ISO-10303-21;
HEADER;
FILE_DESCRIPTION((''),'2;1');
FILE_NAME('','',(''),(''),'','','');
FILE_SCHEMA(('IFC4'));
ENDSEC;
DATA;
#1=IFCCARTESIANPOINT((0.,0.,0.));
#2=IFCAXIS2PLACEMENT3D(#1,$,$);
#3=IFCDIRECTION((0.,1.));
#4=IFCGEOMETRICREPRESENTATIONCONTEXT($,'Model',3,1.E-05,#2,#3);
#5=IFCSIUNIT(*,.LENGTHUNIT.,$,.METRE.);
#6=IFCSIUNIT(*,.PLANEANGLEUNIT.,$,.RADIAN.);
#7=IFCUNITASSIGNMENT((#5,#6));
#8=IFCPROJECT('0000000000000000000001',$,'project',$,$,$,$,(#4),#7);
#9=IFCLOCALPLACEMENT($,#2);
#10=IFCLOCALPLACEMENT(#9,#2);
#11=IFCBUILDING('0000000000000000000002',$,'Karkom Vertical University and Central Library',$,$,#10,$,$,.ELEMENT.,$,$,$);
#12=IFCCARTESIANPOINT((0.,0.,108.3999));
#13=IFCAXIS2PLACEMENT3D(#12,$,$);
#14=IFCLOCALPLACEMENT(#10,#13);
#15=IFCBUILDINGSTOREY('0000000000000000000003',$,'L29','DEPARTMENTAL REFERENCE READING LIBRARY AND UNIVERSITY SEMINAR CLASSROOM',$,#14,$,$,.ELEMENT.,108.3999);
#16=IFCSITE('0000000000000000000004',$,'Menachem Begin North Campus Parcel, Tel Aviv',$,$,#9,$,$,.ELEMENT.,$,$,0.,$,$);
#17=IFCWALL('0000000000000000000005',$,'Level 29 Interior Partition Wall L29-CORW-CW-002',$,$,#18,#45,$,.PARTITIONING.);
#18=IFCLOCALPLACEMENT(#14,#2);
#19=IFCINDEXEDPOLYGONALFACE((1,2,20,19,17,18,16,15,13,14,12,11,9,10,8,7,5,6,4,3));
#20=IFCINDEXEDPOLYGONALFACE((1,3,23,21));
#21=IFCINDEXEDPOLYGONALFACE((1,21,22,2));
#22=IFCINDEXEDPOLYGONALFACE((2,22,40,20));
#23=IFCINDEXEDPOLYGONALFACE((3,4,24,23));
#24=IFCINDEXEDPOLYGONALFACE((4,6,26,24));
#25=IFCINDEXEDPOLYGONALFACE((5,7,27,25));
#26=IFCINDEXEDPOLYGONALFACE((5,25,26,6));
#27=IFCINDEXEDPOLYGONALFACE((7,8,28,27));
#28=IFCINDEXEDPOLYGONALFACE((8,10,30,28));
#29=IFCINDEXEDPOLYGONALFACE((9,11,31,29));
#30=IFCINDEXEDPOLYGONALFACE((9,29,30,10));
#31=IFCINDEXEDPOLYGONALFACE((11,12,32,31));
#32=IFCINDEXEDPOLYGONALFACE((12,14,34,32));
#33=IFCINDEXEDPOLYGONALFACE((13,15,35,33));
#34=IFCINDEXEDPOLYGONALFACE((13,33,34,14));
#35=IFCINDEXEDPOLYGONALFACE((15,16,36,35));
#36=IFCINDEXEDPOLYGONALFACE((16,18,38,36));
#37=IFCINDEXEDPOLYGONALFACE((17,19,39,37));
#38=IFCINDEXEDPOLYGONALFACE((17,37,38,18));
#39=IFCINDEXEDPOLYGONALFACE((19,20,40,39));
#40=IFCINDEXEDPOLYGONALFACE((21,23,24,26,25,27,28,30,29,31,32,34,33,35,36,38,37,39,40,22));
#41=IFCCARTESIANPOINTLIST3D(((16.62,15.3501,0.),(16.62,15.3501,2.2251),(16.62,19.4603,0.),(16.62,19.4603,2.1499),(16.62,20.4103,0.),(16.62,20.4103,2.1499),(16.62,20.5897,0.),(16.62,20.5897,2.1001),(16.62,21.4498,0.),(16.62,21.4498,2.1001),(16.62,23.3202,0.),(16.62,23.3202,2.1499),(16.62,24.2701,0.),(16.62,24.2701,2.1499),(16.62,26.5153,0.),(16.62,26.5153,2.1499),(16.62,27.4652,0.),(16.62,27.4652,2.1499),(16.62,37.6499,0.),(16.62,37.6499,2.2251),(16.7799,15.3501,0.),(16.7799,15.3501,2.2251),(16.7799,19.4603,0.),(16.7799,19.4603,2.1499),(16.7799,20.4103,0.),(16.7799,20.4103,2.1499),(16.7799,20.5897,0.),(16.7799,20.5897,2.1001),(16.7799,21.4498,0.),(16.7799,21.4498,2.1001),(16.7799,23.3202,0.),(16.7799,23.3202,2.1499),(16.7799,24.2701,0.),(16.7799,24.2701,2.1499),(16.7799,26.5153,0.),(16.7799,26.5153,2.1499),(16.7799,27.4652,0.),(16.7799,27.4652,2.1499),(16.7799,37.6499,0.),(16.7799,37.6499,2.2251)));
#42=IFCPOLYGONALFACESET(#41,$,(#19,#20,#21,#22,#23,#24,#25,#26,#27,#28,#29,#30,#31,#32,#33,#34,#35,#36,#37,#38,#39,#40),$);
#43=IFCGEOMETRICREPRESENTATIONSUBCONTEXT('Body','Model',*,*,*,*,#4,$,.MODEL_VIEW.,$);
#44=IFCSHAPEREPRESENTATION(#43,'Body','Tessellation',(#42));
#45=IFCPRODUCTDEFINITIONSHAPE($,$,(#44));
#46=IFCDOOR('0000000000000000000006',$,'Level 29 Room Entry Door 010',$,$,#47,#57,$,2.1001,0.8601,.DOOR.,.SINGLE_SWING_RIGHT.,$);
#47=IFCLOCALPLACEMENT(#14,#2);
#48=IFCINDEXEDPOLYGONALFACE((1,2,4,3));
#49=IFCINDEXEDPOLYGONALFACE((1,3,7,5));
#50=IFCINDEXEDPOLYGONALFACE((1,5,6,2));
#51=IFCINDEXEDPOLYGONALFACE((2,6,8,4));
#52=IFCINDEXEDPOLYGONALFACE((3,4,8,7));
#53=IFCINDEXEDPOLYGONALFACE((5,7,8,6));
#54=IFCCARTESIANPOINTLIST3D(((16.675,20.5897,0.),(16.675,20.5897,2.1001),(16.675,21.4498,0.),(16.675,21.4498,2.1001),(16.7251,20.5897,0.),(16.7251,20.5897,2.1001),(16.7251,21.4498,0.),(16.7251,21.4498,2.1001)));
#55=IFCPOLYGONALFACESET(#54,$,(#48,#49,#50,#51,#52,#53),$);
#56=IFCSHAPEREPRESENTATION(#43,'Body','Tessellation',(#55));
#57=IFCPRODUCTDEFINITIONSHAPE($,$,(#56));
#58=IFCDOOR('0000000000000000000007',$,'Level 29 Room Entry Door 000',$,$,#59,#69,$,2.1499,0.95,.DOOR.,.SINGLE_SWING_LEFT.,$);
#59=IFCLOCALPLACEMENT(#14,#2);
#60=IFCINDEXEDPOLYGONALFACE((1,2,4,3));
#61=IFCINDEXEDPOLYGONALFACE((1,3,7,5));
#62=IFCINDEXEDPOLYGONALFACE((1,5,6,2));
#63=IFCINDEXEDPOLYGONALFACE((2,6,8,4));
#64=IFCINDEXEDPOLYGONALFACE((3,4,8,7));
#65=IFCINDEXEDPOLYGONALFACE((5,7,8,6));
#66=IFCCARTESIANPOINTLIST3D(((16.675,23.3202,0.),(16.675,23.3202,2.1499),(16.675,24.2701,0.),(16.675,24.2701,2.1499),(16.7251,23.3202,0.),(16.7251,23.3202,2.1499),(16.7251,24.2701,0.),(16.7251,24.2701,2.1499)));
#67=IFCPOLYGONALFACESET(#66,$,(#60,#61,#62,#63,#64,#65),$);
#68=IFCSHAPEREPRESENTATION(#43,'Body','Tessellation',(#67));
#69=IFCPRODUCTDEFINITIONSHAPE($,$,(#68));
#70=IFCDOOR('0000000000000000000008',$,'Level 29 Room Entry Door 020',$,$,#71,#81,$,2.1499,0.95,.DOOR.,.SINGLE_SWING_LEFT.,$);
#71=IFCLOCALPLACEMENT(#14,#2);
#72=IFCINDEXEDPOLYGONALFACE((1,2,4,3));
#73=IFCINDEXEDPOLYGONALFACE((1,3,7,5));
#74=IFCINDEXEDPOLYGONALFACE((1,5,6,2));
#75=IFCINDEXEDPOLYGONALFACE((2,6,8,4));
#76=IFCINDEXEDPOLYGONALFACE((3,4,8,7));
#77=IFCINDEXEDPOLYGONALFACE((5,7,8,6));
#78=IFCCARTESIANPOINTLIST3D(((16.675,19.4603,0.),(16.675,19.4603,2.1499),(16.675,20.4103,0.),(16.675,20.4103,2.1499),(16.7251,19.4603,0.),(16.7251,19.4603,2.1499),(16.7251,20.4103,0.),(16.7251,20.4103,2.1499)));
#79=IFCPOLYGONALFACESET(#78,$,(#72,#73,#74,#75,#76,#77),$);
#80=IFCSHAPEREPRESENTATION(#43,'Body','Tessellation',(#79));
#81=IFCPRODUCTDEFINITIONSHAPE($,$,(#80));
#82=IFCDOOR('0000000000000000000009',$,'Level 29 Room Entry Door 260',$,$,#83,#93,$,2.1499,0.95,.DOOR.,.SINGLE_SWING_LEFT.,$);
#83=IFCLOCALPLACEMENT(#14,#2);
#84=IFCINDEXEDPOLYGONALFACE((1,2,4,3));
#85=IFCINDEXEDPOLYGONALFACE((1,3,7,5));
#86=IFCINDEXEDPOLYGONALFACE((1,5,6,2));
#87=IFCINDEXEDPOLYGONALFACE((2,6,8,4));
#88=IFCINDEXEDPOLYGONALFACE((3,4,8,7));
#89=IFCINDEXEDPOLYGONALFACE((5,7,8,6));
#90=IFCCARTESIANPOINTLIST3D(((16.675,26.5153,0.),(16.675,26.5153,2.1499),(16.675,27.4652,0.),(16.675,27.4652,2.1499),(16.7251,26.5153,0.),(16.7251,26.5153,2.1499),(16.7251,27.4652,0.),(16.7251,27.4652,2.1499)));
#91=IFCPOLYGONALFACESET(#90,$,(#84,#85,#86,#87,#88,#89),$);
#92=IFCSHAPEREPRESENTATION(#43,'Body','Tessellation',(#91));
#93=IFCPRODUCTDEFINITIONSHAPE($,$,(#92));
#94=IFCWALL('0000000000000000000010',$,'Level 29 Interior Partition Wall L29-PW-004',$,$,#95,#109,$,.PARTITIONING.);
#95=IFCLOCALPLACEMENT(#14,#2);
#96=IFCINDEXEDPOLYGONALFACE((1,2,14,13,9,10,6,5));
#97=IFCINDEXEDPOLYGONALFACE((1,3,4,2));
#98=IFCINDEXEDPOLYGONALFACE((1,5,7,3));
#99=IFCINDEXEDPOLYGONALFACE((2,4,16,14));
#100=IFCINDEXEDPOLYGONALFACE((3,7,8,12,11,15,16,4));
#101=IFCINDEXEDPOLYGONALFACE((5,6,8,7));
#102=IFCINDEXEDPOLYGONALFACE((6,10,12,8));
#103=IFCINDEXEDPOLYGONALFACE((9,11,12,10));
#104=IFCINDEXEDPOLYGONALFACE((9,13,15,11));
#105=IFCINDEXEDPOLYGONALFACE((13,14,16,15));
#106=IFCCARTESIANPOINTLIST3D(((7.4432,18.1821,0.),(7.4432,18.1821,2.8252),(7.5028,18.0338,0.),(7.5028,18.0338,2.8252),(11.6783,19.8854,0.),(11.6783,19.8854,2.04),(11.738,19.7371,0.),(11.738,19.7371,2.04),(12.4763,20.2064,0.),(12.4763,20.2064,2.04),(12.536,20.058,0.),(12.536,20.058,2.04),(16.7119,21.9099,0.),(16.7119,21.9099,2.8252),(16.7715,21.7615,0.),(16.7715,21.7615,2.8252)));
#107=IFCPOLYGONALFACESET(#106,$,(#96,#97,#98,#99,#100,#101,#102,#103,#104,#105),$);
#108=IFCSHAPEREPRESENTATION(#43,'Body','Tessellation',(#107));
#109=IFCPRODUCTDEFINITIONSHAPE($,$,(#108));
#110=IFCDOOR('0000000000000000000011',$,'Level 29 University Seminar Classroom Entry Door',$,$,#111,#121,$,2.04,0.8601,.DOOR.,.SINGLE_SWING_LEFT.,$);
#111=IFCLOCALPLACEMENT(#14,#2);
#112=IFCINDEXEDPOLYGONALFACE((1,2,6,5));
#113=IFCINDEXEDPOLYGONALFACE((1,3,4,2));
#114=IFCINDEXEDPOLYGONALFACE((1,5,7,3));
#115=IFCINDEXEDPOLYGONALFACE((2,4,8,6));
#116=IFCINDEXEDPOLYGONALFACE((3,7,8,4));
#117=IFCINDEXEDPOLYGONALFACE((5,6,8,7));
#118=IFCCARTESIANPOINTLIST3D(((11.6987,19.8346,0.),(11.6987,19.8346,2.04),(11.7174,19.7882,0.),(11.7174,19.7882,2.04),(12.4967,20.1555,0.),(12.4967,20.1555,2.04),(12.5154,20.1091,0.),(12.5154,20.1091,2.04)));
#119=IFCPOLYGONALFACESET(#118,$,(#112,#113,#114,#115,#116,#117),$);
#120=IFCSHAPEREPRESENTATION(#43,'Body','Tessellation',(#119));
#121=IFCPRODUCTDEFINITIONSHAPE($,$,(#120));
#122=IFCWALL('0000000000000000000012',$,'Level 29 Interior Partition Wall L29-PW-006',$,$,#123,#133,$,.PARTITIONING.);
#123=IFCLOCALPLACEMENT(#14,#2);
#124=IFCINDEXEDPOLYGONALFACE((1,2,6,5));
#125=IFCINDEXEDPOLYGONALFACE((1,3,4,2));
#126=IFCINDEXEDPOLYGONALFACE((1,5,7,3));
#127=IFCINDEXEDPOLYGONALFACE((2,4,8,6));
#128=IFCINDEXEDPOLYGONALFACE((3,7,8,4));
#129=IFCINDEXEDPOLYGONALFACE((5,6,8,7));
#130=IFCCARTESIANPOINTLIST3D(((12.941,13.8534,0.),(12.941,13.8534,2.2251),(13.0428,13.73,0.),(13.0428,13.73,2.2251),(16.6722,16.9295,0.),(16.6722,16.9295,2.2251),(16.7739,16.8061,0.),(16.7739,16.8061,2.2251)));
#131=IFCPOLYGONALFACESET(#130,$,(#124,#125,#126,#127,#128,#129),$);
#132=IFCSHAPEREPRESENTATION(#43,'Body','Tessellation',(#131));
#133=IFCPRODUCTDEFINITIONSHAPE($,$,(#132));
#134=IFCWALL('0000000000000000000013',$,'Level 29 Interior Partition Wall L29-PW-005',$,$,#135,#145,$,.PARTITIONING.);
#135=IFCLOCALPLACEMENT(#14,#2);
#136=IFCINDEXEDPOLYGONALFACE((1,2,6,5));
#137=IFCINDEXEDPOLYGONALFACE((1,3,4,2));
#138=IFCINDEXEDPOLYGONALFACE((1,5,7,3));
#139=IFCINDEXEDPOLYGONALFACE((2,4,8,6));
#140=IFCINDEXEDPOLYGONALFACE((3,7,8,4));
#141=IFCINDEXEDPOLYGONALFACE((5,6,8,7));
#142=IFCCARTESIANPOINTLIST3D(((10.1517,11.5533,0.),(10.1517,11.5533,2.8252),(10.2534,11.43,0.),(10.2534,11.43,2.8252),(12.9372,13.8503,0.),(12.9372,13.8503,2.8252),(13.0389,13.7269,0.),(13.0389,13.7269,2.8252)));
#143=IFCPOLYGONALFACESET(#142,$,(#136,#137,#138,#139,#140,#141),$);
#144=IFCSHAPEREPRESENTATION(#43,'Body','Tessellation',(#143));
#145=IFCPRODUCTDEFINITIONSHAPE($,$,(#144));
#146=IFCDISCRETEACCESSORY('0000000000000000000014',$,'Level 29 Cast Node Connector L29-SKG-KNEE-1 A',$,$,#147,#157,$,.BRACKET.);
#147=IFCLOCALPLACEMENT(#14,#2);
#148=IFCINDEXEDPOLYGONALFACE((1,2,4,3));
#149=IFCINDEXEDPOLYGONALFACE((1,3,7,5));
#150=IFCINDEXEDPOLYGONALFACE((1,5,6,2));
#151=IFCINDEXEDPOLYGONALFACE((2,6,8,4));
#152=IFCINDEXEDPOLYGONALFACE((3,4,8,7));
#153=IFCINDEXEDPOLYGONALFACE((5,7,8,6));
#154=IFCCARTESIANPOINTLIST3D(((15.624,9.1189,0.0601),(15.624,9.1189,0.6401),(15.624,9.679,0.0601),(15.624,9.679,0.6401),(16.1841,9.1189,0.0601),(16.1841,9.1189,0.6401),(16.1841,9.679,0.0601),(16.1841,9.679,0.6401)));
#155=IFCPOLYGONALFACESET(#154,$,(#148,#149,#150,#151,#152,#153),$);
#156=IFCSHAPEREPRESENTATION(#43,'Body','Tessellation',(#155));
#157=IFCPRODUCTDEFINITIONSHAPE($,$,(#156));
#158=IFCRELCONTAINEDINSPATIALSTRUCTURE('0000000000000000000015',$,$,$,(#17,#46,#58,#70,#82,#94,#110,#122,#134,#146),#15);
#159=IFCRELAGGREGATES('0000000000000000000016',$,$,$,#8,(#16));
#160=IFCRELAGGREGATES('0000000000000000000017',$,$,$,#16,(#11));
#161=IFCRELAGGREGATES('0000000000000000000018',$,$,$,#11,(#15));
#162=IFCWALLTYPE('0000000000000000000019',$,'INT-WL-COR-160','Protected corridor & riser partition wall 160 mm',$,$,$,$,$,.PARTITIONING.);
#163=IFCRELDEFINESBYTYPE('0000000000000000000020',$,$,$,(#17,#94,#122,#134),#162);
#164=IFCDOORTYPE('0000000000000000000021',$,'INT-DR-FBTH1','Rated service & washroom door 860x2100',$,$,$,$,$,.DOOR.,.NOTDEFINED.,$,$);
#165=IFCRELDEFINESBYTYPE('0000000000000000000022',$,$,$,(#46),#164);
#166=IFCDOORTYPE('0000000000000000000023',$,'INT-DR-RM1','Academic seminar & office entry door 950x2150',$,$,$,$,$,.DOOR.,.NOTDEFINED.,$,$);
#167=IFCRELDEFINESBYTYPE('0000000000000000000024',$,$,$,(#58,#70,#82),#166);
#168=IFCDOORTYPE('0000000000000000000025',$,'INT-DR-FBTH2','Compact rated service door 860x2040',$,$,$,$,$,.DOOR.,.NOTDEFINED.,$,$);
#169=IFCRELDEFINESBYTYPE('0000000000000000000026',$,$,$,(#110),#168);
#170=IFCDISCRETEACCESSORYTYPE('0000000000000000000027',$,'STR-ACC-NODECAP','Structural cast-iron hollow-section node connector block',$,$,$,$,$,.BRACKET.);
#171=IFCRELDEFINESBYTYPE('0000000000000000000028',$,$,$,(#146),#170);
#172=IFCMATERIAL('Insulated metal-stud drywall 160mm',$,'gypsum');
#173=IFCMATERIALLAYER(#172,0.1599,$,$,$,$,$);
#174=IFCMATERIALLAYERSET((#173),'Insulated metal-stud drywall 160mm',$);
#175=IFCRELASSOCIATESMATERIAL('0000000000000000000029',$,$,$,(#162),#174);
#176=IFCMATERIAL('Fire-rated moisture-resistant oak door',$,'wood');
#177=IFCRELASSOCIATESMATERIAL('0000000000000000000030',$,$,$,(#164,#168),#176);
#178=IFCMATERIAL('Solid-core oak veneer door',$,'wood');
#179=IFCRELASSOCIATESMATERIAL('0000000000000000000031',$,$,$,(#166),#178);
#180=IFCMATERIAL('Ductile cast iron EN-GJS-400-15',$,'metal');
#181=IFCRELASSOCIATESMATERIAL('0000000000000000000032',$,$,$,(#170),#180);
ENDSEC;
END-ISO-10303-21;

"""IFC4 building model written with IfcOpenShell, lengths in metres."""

from ifc_helpers import new_model, si_unit, direction, frame, frame_2d, origin, origin_with_axes, origin_2d, place, context, subcontext, project, spatial, rectangle, extrude, source, transform, mapped, material, layer, layer_set, type_object, element, fill, save


model = new_model("IFC4")

# Units and contexts
model_context = context("Model", 3, precision=1e-05, world=origin(), true_north=direction((0.0, 1.0)))
body_context = subcontext(model_context, "Body", "Model", "MODEL_VIEW")
ifc_project = project(units=[si_unit("LENGTHUNIT", "METRE"), si_unit("PLANEANGLEUNIT", "RADIAN")], contexts=[model_context])

# Site, building, storey
site_placement = place(None, origin())
site = spatial("IfcSite", under=ifc_project, at=site_placement, Name="Menachem Begin North Campus Parcel, Tel Aviv", CompositionType="ELEMENT", RefElevation=0.0)
building_placement = place(site_placement, origin())
building = spatial("IfcBuilding", under=site, at=building_placement, Name="Karkom Vertical University and Central Library", CompositionType="ELEMENT")
storey_placement = place(building_placement, frame((0.0, 0.0, 108.3999)))
storey = spatial("IfcBuildingStorey", under=building, at=storey_placement, Name="L29", Description="DEPARTMENTAL REFERENCE READING LIBRARY AND UNIVERSITY SEMINAR CLASSROOM", CompositionType="ELEMENT", Elevation=108.3999)

# Wall, openings, doors
ifc_material_1 = material(Name="Insulated metal-stud drywall 160mm", Category="gypsum")
ifc_layer_1 = layer(ifc_material_1, 0.1599)
ifc_layer_set_1 = layer_set([ifc_layer_1], Name="Insulated metal-stud drywall 160mm")
wall_type_1 = type_object("IfcWallType", Name="INT-WL-COR-160", Description="Protected corridor & riser partition wall 160 mm", PredefinedType="PARTITIONING", material=ifc_layer_set_1)
wall_1_placement = place(storey_placement, frame((16.7, 15.3501, 0.0), z_axis=(0.0, 0.0, 1.0), x_axis=(0.0, 1.0, 0.0)))
wall_1 = element("IfcWall", 1, at=wall_1_placement, inside=storey, type_object=wall_type_1, Name="Level 29 Interior Partition Wall L29-CORW-CW-002", PredefinedType="PARTITIONING", context=body_context, shape_type="SweptSolid", body=[
    extrude(rectangle(XDim=22.2998, YDim=0.1599, at=frame_2d((11.1499, 0.0))), origin(), (0.0, 0.0, 1.0), 2.2251),
])
opening_1_placement = place(wall_1_placement, frame((7.97, 0.0, 0.0)))
opening_1 = element("IfcOpeningElement", 2, at=opening_1_placement, cuts=wall_1, PredefinedType="OPENING", context=body_context, shape_type="SweptSolid", body=[
    extrude(rectangle(XDim=0.95, YDim=2.1499, at=frame_2d((0.4751, 1.075))), frame((0.0, 0.0898, 0.0), z_axis=(0.0, -1.0, 0.0), x_axis=(1.0, 0.0, 0.0)), (0.0, 0.0, 1.0), 0.1799),
])
opening_2_placement = place(wall_1_placement, frame((5.2395, 0.0, 0.0)))
opening_2 = element("IfcOpeningElement", 3, at=opening_2_placement, cuts=wall_1, PredefinedType="OPENING", context=body_context, shape_type="SweptSolid", body=[
    extrude(rectangle(XDim=0.8601, YDim=2.1001, at=frame_2d((0.4302, 1.05))), frame((0.0, 0.0898, 0.0), z_axis=(0.0, -1.0, 0.0), x_axis=(1.0, 0.0, 0.0)), (0.0, 0.0, 1.0), 0.1799),
])
opening_3_placement = place(wall_1_placement, frame((4.1101, 0.0, 0.0)))
opening_3 = element("IfcOpeningElement", 4, at=opening_3_placement, cuts=wall_1, PredefinedType="OPENING", context=body_context, shape_type="SweptSolid", body=[
    extrude(rectangle(XDim=0.95, YDim=2.1499, at=frame_2d((0.4751, 1.075))), frame((0.0, 0.0898, 0.0), z_axis=(0.0, -1.0, 0.0), x_axis=(1.0, 0.0, 0.0)), (0.0, 0.0, 1.0), 0.1799),
])
opening_4_placement = place(wall_1_placement, frame((11.165, 0.0, 0.0)))
opening_4 = element("IfcOpeningElement", 5, at=opening_4_placement, cuts=wall_1, PredefinedType="OPENING", context=body_context, shape_type="SweptSolid", body=[
    extrude(rectangle(XDim=0.95, YDim=2.1499, at=frame_2d((0.4751, 1.075))), frame((0.0, 0.0898, 0.0), z_axis=(0.0, -1.0, 0.0), x_axis=(1.0, 0.0, 0.0)), (0.0, 0.0, 1.0), 0.1799),
])
ifc_material_2 = material(Name="Fire-rated moisture-resistant oak door", Category="wood")
door_type_1 = type_object("IfcDoorType", Name="INT-DR-FBTH1", Description="Rated service & washroom door 860x2100", OperationType="NOTDEFINED", PredefinedType="DOOR", material=ifc_material_2)
shared_shape_1 = source(origin_with_axes(), body_context, "Body", "SweptSolid", [
    extrude(rectangle(XDim=0.8601, YDim=2.1001, at=frame_2d((0.4302, 1.05))), frame((0.0, 0.0249, 0.0), z_axis=(0.0, -1.0, 0.0), x_axis=(1.0, 0.0, 0.0)), (0.0, 0.0, 1.0), 0.05),
])
door_1_placement = place(opening_2_placement, origin())
door_1 = element("IfcDoor", 6, at=door_1_placement, inside=storey, type_object=door_type_1, Name="Level 29 Room Entry Door 010", OperationType="SINGLE_SWING_RIGHT", OverallHeight=2.1001, OverallWidth=0.8601, PredefinedType="DOOR", context=body_context, shape_type="MappedRepresentation", body=[
    mapped(shared_shape_1, transform((0.0, 0.0, 0.0), scale=1.0)),
])
fill(opening_2, door_1)
ifc_material_3 = material(Name="Solid-core oak veneer door", Category="wood")
door_type_2 = type_object("IfcDoorType", Name="INT-DR-RM1", Description="Academic seminar & office entry door 950x2150", OperationType="NOTDEFINED", PredefinedType="DOOR", material=ifc_material_3)
shared_shape_2 = source(origin_with_axes(), body_context, "Body", "SweptSolid", [
    extrude(rectangle(XDim=0.95, YDim=2.1499, at=frame_2d((0.4751, 1.075))), frame((0.0, 0.0249, 0.0), z_axis=(0.0, -1.0, 0.0), x_axis=(1.0, 0.0, 0.0)), (0.0, 0.0, 1.0), 0.05),
])
door_2_placement = place(opening_1_placement, origin())
door_2 = element("IfcDoor", 7, at=door_2_placement, inside=storey, type_object=door_type_2, Name="Level 29 Room Entry Door 000", OperationType="SINGLE_SWING_LEFT", OverallHeight=2.1499, OverallWidth=0.95, PredefinedType="DOOR", context=body_context, shape_type="MappedRepresentation", body=[
    mapped(shared_shape_2, transform((0.0, 0.0, 0.0), scale=1.0)),
])
fill(opening_1, door_2)
door_3_placement = place(opening_3_placement, origin())
door_3 = element("IfcDoor", 8, at=door_3_placement, inside=storey, type_object=door_type_2, Name="Level 29 Room Entry Door 020", OperationType="SINGLE_SWING_LEFT", OverallHeight=2.1499, OverallWidth=0.95, PredefinedType="DOOR", context=body_context, shape_type="MappedRepresentation", body=[
    mapped(shared_shape_2, transform((0.0, 0.0, 0.0), scale=1.0)),
])
fill(opening_3, door_3)
door_4_placement = place(opening_4_placement, origin())
door_4 = element("IfcDoor", 9, at=door_4_placement, inside=storey, type_object=door_type_2, Name="Level 29 Room Entry Door 260", OperationType="SINGLE_SWING_LEFT", OverallHeight=2.1499, OverallWidth=0.95, PredefinedType="DOOR", context=body_context, shape_type="MappedRepresentation", body=[
    mapped(shared_shape_2, transform((0.0, 0.0, 0.0), scale=1.0)),
])
fill(opening_4, door_4)

# Wall, opening, door
wall_2_placement = place(storey_placement, frame((16.7417, 21.8357, 0.0), z_axis=(0.0, 0.0, 1.0), x_axis=(-0.927776, -0.373139, 0.0)))
wall_2 = element("IfcWall", 10, at=wall_2_placement, inside=storey, type_object=wall_type_1, Name="Level 29 Interior Partition Wall L29-PW-004", PredefinedType="PARTITIONING", context=body_context, shape_type="SweptSolid", body=[
    extrude(rectangle(XDim=9.9902, YDim=0.1599, at=frame_2d((4.9951, 0.0))), origin(), (0.0, 0.0, 1.0), 2.8252),
])
opening_5_placement = place(wall_2_placement, frame((4.5652, 0.0, 0.0)))
opening_5 = element("IfcOpeningElement", 11, at=opening_5_placement, cuts=wall_2, PredefinedType="OPENING", context=body_context, shape_type="SweptSolid", body=[
    extrude(rectangle(XDim=0.8601, YDim=2.04, at=frame_2d((0.4302, 1.02))), frame((0.0, 0.0898, 0.0), z_axis=(0.0, -1.0, 0.0), x_axis=(1.0, 0.0, 0.0)), (0.0, 0.0, 1.0), 0.1799),
])
door_type_3 = type_object("IfcDoorType", Name="INT-DR-FBTH2", Description="Compact rated service door 860x2040", OperationType="NOTDEFINED", PredefinedType="DOOR", material=ifc_material_2)
shared_shape_3 = source(origin_with_axes(), body_context, "Body", "SweptSolid", [
    extrude(rectangle(XDim=0.8601, YDim=2.04, at=frame_2d((0.4302, 1.02))), frame((0.0, 0.0249, 0.0), z_axis=(0.0, -1.0, 0.0), x_axis=(1.0, 0.0, 0.0)), (0.0, 0.0, 1.0), 0.05),
])
door_5_placement = place(opening_5_placement, origin())
door_5 = element("IfcDoor", 12, at=door_5_placement, inside=storey, type_object=door_type_3, Name="Level 29 University Seminar Classroom Entry Door", OperationType="SINGLE_SWING_LEFT", OverallHeight=2.04, OverallWidth=0.8601, PredefinedType="DOOR", context=body_context, shape_type="MappedRepresentation", body=[
    mapped(shared_shape_3, transform((0.0, 0.0, 0.0), scale=1.0)),
])
fill(opening_5, door_5)

# Walls
wall_3_placement = place(storey_placement, frame((16.7231, 16.8679, 0.0), z_axis=(0.0, 0.0, 1.0), x_axis=(-0.771583, -0.636128, 0.0)))
element("IfcWall", 13, at=wall_3_placement, inside=storey, type_object=wall_type_1, Name="Level 29 Interior Partition Wall L29-PW-006", PredefinedType="PARTITIONING", context=body_context, shape_type="SweptSolid", body=[
    extrude(rectangle(XDim=4.8357, YDim=0.1599, at=frame_2d((2.418, 0.0))), origin(), (0.0, 0.0, 1.0), 2.2251),
])
wall_4_placement = place(storey_placement, frame((12.988, 13.7886, 0.0), z_axis=(0.0, 0.0, 1.0), x_axis=(-0.77152, -0.636205, 0.0)))
element("IfcWall", 14, at=wall_4_placement, inside=storey, type_object=wall_type_1, Name="Level 29 Interior Partition Wall L29-PW-005", PredefinedType="PARTITIONING", context=body_context, shape_type="SweptSolid", body=[
    extrude(rectangle(XDim=3.6104, YDim=0.1599, at=frame_2d((1.8052, 0.0))), origin(), (0.0, 0.0, 1.0), 2.8252),
])

# Discrete accessory
ifc_material_4 = material(Name="Ductile cast iron EN-GJS-400-15", Category="metal")
discrete_accessory_type = type_object("IfcDiscreteAccessoryType", Name="STR-ACC-NODECAP", Description="Structural cast-iron hollow-section node connector block", PredefinedType="BRACKET", material=ifc_material_4)
shared_shape_4 = source(origin_with_axes(), body_context, "Body", "SweptSolid", [
    extrude(rectangle(XDim=0.5601, YDim=0.5601, at=origin_2d()), origin(), (0.0, 0.0, 1.0), 0.5801),
])
discrete_accessory_placement = place(storey_placement, frame((15.9041, 9.3989, 0.0601), z_axis=(0.0, 0.0, 1.0), x_axis=(1.0, 0.0, 0.0)))
element("IfcDiscreteAccessory", 15, at=discrete_accessory_placement, inside=storey, type_object=discrete_accessory_type, Name="Level 29 Cast Node Connector L29-SKG-KNEE-1 A", PredefinedType="BRACKET", context=body_context, shape_type="MappedRepresentation", body=[
    mapped(shared_shape_4, transform((0.0, 0.0, 0.0), scale=1.0)),
])

save(model, "model.ifc")
